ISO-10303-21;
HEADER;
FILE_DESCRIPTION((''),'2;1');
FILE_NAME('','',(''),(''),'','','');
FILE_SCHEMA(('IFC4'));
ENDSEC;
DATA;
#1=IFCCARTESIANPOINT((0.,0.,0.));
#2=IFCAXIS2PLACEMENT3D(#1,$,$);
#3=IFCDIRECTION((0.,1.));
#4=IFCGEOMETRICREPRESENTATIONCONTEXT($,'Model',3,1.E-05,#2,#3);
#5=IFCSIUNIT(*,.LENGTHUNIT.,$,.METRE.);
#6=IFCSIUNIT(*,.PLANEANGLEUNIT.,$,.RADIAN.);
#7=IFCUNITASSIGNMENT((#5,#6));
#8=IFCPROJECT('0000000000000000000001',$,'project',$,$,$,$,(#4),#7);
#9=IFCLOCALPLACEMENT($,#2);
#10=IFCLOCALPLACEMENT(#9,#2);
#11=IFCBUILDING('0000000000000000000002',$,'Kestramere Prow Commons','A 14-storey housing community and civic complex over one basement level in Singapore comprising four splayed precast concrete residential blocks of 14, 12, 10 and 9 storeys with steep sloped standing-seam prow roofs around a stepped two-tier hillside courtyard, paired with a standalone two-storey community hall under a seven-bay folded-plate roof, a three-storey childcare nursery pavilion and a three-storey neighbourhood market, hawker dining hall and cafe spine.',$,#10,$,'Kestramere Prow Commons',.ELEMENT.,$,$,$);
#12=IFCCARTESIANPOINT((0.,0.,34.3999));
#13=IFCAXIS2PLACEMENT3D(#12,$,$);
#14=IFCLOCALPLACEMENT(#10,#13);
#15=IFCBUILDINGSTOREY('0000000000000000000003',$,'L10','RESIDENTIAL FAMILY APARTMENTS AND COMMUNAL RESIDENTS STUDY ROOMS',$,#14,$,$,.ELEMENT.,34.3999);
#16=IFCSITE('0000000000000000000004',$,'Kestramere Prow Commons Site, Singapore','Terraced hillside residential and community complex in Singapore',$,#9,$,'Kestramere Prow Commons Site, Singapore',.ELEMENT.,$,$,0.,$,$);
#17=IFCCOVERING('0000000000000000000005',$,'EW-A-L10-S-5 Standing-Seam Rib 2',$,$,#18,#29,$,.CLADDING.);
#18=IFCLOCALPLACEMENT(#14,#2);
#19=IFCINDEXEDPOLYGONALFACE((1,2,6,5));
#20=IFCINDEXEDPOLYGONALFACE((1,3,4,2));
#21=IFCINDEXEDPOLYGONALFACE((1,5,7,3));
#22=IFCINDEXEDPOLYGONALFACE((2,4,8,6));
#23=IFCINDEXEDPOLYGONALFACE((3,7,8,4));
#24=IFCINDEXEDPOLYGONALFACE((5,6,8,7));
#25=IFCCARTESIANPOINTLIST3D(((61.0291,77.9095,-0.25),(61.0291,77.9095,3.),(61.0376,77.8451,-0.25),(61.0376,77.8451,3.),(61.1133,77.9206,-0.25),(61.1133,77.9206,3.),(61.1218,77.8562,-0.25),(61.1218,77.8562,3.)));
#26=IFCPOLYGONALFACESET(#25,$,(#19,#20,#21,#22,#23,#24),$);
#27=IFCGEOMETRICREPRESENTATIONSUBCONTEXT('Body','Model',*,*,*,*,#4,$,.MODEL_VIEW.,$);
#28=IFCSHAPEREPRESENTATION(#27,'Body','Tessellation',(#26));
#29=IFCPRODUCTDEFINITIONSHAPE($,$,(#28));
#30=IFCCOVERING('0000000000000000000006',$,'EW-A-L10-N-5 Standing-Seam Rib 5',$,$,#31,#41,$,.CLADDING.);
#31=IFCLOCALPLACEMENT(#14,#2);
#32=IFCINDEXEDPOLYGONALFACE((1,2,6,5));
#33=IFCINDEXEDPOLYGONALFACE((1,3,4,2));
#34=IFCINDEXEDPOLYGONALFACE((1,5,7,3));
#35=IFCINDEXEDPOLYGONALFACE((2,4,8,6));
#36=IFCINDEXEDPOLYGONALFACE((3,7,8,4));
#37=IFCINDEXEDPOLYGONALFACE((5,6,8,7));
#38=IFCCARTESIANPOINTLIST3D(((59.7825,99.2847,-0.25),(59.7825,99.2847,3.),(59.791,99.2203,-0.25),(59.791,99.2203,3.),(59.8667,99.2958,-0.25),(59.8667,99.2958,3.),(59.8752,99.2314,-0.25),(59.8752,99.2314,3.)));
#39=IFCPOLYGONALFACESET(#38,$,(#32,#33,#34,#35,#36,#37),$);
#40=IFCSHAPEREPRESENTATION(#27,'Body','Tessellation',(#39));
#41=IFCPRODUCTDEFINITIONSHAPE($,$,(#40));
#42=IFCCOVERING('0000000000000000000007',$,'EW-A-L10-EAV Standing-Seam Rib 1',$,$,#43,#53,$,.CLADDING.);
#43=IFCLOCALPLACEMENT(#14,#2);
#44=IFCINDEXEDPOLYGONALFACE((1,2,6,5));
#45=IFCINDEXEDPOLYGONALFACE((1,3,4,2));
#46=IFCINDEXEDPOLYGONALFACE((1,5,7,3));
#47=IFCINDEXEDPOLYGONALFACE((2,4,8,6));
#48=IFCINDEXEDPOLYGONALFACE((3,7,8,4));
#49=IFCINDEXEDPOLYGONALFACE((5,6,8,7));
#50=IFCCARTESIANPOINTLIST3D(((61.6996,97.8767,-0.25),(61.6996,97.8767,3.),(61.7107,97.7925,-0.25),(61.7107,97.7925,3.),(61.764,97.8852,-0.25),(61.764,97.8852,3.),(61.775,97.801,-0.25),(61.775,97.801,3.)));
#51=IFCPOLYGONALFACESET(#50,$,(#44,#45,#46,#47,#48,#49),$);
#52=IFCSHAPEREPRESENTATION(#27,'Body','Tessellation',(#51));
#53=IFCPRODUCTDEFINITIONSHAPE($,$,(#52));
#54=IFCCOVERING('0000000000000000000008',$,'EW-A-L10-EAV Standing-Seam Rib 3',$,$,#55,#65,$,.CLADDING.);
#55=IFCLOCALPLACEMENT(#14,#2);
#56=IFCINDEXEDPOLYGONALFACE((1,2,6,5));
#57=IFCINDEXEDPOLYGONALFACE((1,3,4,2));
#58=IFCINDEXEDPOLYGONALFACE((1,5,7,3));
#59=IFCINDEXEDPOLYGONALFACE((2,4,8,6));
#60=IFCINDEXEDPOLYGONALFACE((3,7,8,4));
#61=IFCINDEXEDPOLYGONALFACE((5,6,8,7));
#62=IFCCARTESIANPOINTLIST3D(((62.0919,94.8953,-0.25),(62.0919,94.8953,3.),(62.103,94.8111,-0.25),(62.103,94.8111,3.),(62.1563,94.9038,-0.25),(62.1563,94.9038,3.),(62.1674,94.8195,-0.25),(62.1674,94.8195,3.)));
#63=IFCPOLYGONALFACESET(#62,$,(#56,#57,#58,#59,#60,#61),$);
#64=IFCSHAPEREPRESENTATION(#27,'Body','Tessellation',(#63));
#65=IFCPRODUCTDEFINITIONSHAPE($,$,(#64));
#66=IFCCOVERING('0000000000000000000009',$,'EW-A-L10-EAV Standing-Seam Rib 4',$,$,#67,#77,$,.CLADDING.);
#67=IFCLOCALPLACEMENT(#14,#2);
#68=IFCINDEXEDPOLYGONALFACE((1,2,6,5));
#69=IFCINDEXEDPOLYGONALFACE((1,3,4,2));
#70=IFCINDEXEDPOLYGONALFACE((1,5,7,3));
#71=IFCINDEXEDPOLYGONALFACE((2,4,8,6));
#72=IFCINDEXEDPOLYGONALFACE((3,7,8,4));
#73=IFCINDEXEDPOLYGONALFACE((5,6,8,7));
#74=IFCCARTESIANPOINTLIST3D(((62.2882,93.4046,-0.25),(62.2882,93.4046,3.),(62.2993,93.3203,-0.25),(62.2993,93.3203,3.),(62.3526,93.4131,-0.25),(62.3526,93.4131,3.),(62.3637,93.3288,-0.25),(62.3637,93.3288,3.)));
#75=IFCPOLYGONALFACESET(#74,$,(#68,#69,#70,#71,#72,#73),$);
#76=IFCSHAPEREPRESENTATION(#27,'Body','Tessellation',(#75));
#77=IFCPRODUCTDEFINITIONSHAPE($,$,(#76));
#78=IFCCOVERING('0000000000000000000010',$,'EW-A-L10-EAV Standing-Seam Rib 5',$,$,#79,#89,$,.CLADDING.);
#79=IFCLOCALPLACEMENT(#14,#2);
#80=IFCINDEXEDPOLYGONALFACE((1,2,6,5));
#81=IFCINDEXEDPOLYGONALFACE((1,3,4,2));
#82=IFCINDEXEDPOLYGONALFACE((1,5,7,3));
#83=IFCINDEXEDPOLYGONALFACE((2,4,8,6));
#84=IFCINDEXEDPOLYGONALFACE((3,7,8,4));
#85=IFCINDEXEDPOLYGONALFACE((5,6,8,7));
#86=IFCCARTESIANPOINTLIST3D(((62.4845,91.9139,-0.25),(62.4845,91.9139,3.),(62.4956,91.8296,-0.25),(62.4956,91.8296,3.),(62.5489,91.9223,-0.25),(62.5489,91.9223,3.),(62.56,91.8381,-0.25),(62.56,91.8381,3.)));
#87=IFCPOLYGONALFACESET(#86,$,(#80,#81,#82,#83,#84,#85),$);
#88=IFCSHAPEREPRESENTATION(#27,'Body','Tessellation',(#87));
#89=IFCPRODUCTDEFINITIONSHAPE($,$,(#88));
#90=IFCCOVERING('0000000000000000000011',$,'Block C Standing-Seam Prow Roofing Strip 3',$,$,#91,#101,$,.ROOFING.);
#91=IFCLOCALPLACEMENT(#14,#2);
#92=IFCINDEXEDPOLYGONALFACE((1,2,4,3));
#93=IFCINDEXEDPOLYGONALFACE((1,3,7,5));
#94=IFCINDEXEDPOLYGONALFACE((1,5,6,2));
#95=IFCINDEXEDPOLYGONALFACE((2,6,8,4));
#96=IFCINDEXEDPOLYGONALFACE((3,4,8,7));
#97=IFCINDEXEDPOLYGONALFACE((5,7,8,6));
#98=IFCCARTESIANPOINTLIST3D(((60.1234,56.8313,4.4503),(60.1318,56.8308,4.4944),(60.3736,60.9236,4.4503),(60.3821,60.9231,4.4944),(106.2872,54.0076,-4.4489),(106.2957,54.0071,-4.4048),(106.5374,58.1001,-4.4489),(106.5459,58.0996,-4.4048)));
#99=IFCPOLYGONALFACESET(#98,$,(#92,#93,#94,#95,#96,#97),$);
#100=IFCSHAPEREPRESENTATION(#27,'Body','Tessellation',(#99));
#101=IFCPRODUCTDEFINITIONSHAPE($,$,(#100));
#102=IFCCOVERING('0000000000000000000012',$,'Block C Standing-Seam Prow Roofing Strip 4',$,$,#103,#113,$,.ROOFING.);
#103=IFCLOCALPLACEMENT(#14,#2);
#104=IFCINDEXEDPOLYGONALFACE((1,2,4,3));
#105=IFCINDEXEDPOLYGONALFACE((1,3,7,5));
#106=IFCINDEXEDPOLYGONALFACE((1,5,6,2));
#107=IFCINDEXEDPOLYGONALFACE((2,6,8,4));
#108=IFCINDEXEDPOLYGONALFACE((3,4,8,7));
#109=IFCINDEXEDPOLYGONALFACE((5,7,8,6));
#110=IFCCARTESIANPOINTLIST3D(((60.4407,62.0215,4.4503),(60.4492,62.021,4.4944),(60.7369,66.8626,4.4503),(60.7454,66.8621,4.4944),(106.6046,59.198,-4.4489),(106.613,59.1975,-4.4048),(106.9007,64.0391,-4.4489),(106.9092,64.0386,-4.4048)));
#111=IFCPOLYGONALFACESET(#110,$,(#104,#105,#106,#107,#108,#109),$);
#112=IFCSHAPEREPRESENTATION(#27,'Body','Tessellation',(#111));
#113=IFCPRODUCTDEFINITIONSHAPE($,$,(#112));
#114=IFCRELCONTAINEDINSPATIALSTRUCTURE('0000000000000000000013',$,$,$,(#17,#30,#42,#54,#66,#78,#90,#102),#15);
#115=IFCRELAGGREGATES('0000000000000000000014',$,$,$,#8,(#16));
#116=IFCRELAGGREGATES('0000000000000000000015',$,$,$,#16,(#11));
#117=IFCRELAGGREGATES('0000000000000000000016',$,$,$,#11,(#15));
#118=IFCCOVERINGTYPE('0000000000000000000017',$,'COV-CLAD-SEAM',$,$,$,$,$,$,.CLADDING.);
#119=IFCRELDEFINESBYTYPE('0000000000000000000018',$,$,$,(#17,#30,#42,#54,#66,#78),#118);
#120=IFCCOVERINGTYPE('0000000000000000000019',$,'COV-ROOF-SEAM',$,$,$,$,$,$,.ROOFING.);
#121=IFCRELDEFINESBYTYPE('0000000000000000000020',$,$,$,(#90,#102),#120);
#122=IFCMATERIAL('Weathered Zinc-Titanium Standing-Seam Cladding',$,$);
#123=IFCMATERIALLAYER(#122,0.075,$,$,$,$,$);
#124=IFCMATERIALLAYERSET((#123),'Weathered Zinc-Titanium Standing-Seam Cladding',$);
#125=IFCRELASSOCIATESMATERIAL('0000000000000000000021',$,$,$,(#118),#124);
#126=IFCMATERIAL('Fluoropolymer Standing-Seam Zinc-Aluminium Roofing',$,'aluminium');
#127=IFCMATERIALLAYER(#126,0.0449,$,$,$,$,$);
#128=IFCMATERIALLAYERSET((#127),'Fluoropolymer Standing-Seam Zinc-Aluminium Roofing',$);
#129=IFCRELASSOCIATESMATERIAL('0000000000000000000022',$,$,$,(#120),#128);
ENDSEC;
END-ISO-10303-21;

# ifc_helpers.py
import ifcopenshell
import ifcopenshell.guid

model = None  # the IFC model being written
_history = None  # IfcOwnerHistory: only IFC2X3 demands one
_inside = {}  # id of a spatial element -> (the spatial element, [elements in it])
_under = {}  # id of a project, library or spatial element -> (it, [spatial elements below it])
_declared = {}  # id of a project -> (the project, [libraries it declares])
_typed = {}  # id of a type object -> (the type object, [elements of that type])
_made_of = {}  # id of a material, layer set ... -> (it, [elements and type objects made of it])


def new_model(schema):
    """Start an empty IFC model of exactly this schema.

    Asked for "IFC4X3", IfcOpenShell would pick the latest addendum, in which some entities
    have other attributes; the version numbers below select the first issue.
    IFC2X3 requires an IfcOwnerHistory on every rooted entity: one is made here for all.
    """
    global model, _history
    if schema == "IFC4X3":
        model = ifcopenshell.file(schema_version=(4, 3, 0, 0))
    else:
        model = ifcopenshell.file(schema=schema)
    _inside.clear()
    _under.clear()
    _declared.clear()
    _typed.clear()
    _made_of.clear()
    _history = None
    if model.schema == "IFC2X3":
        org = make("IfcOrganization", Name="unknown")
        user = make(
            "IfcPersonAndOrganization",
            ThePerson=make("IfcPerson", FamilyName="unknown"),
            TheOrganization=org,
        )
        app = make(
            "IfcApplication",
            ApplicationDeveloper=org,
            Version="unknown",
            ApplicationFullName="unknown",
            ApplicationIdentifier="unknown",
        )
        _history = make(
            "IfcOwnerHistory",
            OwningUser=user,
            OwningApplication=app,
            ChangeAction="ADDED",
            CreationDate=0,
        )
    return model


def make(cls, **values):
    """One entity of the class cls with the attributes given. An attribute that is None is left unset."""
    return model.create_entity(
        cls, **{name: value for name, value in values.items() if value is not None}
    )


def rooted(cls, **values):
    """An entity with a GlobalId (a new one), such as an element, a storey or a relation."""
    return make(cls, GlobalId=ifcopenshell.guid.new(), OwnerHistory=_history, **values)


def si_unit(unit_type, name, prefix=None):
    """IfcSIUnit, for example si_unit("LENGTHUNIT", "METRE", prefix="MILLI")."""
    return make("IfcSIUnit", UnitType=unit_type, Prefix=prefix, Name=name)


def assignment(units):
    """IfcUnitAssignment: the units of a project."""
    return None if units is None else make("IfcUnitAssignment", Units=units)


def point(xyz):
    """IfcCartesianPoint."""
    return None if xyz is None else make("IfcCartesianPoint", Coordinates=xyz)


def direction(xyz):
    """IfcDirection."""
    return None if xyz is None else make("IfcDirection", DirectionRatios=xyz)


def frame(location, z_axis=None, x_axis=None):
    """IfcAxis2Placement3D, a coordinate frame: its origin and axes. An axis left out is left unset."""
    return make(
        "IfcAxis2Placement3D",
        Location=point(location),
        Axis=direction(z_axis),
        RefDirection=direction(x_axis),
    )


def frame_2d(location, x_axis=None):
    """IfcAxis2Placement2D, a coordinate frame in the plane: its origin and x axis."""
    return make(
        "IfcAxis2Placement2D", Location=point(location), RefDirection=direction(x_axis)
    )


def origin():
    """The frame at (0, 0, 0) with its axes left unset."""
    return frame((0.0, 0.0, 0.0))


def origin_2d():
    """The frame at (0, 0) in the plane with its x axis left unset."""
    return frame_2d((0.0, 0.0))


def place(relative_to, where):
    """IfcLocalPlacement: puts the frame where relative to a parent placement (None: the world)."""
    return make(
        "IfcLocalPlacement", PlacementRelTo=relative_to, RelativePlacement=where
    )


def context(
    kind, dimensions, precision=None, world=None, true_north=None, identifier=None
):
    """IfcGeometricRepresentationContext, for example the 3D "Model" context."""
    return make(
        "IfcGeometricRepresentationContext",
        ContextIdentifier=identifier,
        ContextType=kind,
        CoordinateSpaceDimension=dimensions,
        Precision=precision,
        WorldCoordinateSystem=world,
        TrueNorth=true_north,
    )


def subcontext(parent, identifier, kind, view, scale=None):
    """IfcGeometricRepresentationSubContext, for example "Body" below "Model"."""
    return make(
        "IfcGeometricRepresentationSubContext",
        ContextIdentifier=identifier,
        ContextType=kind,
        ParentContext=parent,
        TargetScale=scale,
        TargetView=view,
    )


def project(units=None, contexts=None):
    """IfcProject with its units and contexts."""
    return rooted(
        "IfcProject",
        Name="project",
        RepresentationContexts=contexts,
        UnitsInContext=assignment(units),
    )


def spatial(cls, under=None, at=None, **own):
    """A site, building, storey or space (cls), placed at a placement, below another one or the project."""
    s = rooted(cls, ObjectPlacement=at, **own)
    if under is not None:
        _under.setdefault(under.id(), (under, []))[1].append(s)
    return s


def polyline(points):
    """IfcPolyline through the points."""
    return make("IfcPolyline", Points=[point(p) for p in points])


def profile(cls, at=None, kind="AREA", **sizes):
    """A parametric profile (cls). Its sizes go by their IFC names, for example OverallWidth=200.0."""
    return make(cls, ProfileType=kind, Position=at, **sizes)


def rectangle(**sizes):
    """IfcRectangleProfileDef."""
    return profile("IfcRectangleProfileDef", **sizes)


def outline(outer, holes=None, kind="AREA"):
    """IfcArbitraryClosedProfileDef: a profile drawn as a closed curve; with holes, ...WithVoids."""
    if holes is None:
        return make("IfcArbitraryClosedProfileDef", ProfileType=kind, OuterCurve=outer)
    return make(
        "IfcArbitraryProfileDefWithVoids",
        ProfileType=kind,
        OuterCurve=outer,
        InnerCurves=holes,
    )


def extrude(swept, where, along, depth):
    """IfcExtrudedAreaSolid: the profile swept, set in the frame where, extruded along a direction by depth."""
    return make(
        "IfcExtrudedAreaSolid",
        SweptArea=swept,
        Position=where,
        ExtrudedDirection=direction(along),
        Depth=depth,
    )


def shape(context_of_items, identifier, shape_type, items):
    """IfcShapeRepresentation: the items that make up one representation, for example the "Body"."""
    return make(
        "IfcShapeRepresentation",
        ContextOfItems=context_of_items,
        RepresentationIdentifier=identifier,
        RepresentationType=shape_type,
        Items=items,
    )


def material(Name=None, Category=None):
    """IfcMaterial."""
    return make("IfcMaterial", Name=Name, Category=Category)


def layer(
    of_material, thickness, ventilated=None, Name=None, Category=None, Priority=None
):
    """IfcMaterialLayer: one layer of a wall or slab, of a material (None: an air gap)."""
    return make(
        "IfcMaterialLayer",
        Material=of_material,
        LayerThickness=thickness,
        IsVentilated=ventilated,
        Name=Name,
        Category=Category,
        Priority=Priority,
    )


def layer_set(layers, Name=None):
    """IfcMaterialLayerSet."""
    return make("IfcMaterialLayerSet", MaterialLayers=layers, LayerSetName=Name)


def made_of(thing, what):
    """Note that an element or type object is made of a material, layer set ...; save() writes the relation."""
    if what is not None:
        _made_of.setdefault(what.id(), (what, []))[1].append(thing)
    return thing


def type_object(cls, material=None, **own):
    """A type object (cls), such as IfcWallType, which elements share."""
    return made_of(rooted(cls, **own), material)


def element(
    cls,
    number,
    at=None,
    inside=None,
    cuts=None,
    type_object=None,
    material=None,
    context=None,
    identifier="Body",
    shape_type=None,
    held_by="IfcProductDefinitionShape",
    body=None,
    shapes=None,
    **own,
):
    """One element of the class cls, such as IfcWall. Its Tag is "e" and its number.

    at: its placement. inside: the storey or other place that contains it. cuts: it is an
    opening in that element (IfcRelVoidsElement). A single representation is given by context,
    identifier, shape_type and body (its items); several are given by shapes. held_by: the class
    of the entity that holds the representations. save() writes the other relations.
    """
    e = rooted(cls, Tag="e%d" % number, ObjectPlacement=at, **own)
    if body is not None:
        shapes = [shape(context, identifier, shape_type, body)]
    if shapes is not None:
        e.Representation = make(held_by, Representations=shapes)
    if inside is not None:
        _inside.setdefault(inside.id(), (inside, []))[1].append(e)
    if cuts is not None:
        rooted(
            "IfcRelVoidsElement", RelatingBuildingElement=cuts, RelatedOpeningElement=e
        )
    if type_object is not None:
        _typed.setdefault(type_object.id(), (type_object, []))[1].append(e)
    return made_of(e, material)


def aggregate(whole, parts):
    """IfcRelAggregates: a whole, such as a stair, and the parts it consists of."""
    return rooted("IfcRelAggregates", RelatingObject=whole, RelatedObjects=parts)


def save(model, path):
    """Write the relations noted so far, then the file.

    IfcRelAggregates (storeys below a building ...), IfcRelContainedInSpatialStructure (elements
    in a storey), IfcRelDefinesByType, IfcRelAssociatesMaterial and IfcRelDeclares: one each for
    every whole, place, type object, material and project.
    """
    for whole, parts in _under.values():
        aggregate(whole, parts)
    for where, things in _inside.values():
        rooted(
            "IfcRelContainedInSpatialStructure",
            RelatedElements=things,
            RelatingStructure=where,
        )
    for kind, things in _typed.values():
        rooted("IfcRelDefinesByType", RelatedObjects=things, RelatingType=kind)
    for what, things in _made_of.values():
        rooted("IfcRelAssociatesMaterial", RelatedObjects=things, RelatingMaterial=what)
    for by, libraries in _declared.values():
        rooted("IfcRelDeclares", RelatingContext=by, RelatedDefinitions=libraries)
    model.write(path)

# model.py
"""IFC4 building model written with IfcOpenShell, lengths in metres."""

from ifc_helpers import new_model, si_unit, direction, frame, origin, origin_2d, place, context, subcontext, project, spatial, polyline, rectangle, outline, extrude, material, layer, layer_set, type_object, element, save


model = new_model("IFC4")

# Units and contexts
model_context = context("Model", 3, precision=1e-05, world=origin(), true_north=direction((0.0, 1.0)))
body_context = subcontext(model_context, "Body", "Model", "MODEL_VIEW")
ifc_project = project(units=[si_unit("LENGTHUNIT", "METRE"), si_unit("PLANEANGLEUNIT", "RADIAN")], contexts=[model_context])

# Site, building, storey
site_placement = place(None, origin())
site = spatial("IfcSite", under=ifc_project, at=site_placement, Name="Kestramere Prow Commons Site, Singapore", Description="Terraced hillside residential and community complex in Singapore", LongName="Kestramere Prow Commons Site, Singapore", CompositionType="ELEMENT", RefElevation=0.0)
building_placement = place(site_placement, origin())
building = spatial("IfcBuilding", under=site, at=building_placement, Name="Kestramere Prow Commons", Description="A 14-storey housing community and civic complex over one basement level in Singapore comprising four splayed precast concrete residential blocks of 14, 12, 10 and 9 storeys with steep sloped standing-seam prow roofs around a stepped two-tier hillside courtyard, paired with a standalone two-storey community hall under a seven-bay folded-plate roof, a three-storey childcare nursery pavilion and a three-storey neighbourhood market, hawker dining hall and cafe spine.", LongName="Kestramere Prow Commons", CompositionType="ELEMENT")
storey_placement = place(building_placement, frame((0.0, 0.0, 34.3999)))
storey = spatial("IfcBuildingStorey", under=building, at=storey_placement, Name="L10", Description="RESIDENTIAL FAMILY APARTMENTS AND COMMUNAL RESIDENTS STUDY ROOMS", CompositionType="ELEMENT", Elevation=34.3999)

# Coverings
ifc_material_1 = material(Name="Weathered Zinc-Titanium Standing-Seam Cladding")
ifc_layer_1 = layer(ifc_material_1, 0.075)
ifc_layer_set_1 = layer_set([ifc_layer_1], Name="Weathered Zinc-Titanium Standing-Seam Cladding")
covering_type_1 = type_object("IfcCoveringType", Name="COV-CLAD-SEAM", PredefinedType="CLADDING", material=ifc_layer_set_1)
for number, where, z_axis, x_axis, name in (
    (1, (61.0754, 77.8828, -0.25), (0.0, 0.0, 1.0), (-0.991445, -0.130526, 0.0), "EW-A-L10-S-5 Standing-Seam Rib 2"),
    (2, (59.8289, 99.2581, -0.25), (0.0, 0.0, 1.0), (0.991445, 0.130526, 0.0), "EW-A-L10-N-5 Standing-Seam Rib 5"),
    (3, (61.7373, 97.8389, -0.25), (0.0, 0.0, 1.0), (0.130526, -0.991445, 0.0), "EW-A-L10-EAV Standing-Seam Rib 1"),
    (4, (62.1296, 94.8574, -0.25), (0.0, 0.0, 1.0), (0.130526, -0.991445, 0.0), "EW-A-L10-EAV Standing-Seam Rib 3"),
    (5, (62.3259, 93.3667, -0.25), (0.0, 0.0, 1.0), (0.130526, -0.991445, 0.0), "EW-A-L10-EAV Standing-Seam Rib 4"),
    (6, (62.5222, 91.876, -0.25), (0.0, 0.0, 1.0), (0.130526, -0.991445, 0.0), "EW-A-L10-EAV Standing-Seam Rib 5"),
):
    element("IfcCovering", number, at=place(storey_placement, frame(where, z_axis=z_axis, x_axis=x_axis)), inside=storey, type_object=covering_type_1, Name=name, PredefinedType="CLADDING", context=body_context, shape_type="SweptSolid", body=[
        extrude(rectangle(XDim=0.085, YDim=0.0649, at=origin_2d()), origin(), (0.0, 0.0, 1.0), 3.25),
    ])
ifc_material_2 = material(Name="Fluoropolymer Standing-Seam Zinc-Aluminium Roofing", Category="aluminium")
ifc_layer_2 = layer(ifc_material_2, 0.0449)
ifc_layer_set_2 = layer_set([ifc_layer_2], Name="Fluoropolymer Standing-Seam Zinc-Aluminium Roofing")
covering_type_2 = type_object("IfcCoveringType", Name="COV-ROOF-SEAM", PredefinedType="ROOFING", material=ifc_layer_set_2)
covering_1_placement = place(storey_placement, frame((60.1318, 56.8308, 4.4944), z_axis=(0.188596, -0.011532, 0.981987), x_axis=(0.980155, -0.059954, -0.188948)))
element("IfcCovering", 7, at=covering_1_placement, inside=storey, type_object=covering_type_2, Name="Block C Standing-Seam Prow Roofing Strip 3", PredefinedType="ROOFING", context=body_context, shape_type="SweptSolid", body=[
    extrude(outline(polyline([(0.0, 0.0), (47.0985, 0.0), (47.0984, 4.1002), (-0.0001, 4.0999), (0.0, 0.0)])), origin(), (0.0, 0.0, -1.0), 0.0449),
])
covering_2_placement = place(storey_placement, frame((60.4492, 62.021, 4.4944), z_axis=(0.188596, -0.011537, 0.981987), x_axis=(0.980155, -0.059949, -0.188948)))
element("IfcCovering", 8, at=covering_2_placement, inside=storey, type_object=covering_type_2, Name="Block C Standing-Seam Prow Roofing Strip 4", PredefinedType="ROOFING", context=body_context, shape_type="SweptSolid", body=[
    extrude(outline(polyline([(0.0, 0.0), (47.0985, 0.0), (47.0985, 4.8501), (0.0001, 4.8501), (0.0, 0.0)])), origin(), (0.0, 0.0, -1.0), 0.0449),
])

save(model, "model.ifc")
